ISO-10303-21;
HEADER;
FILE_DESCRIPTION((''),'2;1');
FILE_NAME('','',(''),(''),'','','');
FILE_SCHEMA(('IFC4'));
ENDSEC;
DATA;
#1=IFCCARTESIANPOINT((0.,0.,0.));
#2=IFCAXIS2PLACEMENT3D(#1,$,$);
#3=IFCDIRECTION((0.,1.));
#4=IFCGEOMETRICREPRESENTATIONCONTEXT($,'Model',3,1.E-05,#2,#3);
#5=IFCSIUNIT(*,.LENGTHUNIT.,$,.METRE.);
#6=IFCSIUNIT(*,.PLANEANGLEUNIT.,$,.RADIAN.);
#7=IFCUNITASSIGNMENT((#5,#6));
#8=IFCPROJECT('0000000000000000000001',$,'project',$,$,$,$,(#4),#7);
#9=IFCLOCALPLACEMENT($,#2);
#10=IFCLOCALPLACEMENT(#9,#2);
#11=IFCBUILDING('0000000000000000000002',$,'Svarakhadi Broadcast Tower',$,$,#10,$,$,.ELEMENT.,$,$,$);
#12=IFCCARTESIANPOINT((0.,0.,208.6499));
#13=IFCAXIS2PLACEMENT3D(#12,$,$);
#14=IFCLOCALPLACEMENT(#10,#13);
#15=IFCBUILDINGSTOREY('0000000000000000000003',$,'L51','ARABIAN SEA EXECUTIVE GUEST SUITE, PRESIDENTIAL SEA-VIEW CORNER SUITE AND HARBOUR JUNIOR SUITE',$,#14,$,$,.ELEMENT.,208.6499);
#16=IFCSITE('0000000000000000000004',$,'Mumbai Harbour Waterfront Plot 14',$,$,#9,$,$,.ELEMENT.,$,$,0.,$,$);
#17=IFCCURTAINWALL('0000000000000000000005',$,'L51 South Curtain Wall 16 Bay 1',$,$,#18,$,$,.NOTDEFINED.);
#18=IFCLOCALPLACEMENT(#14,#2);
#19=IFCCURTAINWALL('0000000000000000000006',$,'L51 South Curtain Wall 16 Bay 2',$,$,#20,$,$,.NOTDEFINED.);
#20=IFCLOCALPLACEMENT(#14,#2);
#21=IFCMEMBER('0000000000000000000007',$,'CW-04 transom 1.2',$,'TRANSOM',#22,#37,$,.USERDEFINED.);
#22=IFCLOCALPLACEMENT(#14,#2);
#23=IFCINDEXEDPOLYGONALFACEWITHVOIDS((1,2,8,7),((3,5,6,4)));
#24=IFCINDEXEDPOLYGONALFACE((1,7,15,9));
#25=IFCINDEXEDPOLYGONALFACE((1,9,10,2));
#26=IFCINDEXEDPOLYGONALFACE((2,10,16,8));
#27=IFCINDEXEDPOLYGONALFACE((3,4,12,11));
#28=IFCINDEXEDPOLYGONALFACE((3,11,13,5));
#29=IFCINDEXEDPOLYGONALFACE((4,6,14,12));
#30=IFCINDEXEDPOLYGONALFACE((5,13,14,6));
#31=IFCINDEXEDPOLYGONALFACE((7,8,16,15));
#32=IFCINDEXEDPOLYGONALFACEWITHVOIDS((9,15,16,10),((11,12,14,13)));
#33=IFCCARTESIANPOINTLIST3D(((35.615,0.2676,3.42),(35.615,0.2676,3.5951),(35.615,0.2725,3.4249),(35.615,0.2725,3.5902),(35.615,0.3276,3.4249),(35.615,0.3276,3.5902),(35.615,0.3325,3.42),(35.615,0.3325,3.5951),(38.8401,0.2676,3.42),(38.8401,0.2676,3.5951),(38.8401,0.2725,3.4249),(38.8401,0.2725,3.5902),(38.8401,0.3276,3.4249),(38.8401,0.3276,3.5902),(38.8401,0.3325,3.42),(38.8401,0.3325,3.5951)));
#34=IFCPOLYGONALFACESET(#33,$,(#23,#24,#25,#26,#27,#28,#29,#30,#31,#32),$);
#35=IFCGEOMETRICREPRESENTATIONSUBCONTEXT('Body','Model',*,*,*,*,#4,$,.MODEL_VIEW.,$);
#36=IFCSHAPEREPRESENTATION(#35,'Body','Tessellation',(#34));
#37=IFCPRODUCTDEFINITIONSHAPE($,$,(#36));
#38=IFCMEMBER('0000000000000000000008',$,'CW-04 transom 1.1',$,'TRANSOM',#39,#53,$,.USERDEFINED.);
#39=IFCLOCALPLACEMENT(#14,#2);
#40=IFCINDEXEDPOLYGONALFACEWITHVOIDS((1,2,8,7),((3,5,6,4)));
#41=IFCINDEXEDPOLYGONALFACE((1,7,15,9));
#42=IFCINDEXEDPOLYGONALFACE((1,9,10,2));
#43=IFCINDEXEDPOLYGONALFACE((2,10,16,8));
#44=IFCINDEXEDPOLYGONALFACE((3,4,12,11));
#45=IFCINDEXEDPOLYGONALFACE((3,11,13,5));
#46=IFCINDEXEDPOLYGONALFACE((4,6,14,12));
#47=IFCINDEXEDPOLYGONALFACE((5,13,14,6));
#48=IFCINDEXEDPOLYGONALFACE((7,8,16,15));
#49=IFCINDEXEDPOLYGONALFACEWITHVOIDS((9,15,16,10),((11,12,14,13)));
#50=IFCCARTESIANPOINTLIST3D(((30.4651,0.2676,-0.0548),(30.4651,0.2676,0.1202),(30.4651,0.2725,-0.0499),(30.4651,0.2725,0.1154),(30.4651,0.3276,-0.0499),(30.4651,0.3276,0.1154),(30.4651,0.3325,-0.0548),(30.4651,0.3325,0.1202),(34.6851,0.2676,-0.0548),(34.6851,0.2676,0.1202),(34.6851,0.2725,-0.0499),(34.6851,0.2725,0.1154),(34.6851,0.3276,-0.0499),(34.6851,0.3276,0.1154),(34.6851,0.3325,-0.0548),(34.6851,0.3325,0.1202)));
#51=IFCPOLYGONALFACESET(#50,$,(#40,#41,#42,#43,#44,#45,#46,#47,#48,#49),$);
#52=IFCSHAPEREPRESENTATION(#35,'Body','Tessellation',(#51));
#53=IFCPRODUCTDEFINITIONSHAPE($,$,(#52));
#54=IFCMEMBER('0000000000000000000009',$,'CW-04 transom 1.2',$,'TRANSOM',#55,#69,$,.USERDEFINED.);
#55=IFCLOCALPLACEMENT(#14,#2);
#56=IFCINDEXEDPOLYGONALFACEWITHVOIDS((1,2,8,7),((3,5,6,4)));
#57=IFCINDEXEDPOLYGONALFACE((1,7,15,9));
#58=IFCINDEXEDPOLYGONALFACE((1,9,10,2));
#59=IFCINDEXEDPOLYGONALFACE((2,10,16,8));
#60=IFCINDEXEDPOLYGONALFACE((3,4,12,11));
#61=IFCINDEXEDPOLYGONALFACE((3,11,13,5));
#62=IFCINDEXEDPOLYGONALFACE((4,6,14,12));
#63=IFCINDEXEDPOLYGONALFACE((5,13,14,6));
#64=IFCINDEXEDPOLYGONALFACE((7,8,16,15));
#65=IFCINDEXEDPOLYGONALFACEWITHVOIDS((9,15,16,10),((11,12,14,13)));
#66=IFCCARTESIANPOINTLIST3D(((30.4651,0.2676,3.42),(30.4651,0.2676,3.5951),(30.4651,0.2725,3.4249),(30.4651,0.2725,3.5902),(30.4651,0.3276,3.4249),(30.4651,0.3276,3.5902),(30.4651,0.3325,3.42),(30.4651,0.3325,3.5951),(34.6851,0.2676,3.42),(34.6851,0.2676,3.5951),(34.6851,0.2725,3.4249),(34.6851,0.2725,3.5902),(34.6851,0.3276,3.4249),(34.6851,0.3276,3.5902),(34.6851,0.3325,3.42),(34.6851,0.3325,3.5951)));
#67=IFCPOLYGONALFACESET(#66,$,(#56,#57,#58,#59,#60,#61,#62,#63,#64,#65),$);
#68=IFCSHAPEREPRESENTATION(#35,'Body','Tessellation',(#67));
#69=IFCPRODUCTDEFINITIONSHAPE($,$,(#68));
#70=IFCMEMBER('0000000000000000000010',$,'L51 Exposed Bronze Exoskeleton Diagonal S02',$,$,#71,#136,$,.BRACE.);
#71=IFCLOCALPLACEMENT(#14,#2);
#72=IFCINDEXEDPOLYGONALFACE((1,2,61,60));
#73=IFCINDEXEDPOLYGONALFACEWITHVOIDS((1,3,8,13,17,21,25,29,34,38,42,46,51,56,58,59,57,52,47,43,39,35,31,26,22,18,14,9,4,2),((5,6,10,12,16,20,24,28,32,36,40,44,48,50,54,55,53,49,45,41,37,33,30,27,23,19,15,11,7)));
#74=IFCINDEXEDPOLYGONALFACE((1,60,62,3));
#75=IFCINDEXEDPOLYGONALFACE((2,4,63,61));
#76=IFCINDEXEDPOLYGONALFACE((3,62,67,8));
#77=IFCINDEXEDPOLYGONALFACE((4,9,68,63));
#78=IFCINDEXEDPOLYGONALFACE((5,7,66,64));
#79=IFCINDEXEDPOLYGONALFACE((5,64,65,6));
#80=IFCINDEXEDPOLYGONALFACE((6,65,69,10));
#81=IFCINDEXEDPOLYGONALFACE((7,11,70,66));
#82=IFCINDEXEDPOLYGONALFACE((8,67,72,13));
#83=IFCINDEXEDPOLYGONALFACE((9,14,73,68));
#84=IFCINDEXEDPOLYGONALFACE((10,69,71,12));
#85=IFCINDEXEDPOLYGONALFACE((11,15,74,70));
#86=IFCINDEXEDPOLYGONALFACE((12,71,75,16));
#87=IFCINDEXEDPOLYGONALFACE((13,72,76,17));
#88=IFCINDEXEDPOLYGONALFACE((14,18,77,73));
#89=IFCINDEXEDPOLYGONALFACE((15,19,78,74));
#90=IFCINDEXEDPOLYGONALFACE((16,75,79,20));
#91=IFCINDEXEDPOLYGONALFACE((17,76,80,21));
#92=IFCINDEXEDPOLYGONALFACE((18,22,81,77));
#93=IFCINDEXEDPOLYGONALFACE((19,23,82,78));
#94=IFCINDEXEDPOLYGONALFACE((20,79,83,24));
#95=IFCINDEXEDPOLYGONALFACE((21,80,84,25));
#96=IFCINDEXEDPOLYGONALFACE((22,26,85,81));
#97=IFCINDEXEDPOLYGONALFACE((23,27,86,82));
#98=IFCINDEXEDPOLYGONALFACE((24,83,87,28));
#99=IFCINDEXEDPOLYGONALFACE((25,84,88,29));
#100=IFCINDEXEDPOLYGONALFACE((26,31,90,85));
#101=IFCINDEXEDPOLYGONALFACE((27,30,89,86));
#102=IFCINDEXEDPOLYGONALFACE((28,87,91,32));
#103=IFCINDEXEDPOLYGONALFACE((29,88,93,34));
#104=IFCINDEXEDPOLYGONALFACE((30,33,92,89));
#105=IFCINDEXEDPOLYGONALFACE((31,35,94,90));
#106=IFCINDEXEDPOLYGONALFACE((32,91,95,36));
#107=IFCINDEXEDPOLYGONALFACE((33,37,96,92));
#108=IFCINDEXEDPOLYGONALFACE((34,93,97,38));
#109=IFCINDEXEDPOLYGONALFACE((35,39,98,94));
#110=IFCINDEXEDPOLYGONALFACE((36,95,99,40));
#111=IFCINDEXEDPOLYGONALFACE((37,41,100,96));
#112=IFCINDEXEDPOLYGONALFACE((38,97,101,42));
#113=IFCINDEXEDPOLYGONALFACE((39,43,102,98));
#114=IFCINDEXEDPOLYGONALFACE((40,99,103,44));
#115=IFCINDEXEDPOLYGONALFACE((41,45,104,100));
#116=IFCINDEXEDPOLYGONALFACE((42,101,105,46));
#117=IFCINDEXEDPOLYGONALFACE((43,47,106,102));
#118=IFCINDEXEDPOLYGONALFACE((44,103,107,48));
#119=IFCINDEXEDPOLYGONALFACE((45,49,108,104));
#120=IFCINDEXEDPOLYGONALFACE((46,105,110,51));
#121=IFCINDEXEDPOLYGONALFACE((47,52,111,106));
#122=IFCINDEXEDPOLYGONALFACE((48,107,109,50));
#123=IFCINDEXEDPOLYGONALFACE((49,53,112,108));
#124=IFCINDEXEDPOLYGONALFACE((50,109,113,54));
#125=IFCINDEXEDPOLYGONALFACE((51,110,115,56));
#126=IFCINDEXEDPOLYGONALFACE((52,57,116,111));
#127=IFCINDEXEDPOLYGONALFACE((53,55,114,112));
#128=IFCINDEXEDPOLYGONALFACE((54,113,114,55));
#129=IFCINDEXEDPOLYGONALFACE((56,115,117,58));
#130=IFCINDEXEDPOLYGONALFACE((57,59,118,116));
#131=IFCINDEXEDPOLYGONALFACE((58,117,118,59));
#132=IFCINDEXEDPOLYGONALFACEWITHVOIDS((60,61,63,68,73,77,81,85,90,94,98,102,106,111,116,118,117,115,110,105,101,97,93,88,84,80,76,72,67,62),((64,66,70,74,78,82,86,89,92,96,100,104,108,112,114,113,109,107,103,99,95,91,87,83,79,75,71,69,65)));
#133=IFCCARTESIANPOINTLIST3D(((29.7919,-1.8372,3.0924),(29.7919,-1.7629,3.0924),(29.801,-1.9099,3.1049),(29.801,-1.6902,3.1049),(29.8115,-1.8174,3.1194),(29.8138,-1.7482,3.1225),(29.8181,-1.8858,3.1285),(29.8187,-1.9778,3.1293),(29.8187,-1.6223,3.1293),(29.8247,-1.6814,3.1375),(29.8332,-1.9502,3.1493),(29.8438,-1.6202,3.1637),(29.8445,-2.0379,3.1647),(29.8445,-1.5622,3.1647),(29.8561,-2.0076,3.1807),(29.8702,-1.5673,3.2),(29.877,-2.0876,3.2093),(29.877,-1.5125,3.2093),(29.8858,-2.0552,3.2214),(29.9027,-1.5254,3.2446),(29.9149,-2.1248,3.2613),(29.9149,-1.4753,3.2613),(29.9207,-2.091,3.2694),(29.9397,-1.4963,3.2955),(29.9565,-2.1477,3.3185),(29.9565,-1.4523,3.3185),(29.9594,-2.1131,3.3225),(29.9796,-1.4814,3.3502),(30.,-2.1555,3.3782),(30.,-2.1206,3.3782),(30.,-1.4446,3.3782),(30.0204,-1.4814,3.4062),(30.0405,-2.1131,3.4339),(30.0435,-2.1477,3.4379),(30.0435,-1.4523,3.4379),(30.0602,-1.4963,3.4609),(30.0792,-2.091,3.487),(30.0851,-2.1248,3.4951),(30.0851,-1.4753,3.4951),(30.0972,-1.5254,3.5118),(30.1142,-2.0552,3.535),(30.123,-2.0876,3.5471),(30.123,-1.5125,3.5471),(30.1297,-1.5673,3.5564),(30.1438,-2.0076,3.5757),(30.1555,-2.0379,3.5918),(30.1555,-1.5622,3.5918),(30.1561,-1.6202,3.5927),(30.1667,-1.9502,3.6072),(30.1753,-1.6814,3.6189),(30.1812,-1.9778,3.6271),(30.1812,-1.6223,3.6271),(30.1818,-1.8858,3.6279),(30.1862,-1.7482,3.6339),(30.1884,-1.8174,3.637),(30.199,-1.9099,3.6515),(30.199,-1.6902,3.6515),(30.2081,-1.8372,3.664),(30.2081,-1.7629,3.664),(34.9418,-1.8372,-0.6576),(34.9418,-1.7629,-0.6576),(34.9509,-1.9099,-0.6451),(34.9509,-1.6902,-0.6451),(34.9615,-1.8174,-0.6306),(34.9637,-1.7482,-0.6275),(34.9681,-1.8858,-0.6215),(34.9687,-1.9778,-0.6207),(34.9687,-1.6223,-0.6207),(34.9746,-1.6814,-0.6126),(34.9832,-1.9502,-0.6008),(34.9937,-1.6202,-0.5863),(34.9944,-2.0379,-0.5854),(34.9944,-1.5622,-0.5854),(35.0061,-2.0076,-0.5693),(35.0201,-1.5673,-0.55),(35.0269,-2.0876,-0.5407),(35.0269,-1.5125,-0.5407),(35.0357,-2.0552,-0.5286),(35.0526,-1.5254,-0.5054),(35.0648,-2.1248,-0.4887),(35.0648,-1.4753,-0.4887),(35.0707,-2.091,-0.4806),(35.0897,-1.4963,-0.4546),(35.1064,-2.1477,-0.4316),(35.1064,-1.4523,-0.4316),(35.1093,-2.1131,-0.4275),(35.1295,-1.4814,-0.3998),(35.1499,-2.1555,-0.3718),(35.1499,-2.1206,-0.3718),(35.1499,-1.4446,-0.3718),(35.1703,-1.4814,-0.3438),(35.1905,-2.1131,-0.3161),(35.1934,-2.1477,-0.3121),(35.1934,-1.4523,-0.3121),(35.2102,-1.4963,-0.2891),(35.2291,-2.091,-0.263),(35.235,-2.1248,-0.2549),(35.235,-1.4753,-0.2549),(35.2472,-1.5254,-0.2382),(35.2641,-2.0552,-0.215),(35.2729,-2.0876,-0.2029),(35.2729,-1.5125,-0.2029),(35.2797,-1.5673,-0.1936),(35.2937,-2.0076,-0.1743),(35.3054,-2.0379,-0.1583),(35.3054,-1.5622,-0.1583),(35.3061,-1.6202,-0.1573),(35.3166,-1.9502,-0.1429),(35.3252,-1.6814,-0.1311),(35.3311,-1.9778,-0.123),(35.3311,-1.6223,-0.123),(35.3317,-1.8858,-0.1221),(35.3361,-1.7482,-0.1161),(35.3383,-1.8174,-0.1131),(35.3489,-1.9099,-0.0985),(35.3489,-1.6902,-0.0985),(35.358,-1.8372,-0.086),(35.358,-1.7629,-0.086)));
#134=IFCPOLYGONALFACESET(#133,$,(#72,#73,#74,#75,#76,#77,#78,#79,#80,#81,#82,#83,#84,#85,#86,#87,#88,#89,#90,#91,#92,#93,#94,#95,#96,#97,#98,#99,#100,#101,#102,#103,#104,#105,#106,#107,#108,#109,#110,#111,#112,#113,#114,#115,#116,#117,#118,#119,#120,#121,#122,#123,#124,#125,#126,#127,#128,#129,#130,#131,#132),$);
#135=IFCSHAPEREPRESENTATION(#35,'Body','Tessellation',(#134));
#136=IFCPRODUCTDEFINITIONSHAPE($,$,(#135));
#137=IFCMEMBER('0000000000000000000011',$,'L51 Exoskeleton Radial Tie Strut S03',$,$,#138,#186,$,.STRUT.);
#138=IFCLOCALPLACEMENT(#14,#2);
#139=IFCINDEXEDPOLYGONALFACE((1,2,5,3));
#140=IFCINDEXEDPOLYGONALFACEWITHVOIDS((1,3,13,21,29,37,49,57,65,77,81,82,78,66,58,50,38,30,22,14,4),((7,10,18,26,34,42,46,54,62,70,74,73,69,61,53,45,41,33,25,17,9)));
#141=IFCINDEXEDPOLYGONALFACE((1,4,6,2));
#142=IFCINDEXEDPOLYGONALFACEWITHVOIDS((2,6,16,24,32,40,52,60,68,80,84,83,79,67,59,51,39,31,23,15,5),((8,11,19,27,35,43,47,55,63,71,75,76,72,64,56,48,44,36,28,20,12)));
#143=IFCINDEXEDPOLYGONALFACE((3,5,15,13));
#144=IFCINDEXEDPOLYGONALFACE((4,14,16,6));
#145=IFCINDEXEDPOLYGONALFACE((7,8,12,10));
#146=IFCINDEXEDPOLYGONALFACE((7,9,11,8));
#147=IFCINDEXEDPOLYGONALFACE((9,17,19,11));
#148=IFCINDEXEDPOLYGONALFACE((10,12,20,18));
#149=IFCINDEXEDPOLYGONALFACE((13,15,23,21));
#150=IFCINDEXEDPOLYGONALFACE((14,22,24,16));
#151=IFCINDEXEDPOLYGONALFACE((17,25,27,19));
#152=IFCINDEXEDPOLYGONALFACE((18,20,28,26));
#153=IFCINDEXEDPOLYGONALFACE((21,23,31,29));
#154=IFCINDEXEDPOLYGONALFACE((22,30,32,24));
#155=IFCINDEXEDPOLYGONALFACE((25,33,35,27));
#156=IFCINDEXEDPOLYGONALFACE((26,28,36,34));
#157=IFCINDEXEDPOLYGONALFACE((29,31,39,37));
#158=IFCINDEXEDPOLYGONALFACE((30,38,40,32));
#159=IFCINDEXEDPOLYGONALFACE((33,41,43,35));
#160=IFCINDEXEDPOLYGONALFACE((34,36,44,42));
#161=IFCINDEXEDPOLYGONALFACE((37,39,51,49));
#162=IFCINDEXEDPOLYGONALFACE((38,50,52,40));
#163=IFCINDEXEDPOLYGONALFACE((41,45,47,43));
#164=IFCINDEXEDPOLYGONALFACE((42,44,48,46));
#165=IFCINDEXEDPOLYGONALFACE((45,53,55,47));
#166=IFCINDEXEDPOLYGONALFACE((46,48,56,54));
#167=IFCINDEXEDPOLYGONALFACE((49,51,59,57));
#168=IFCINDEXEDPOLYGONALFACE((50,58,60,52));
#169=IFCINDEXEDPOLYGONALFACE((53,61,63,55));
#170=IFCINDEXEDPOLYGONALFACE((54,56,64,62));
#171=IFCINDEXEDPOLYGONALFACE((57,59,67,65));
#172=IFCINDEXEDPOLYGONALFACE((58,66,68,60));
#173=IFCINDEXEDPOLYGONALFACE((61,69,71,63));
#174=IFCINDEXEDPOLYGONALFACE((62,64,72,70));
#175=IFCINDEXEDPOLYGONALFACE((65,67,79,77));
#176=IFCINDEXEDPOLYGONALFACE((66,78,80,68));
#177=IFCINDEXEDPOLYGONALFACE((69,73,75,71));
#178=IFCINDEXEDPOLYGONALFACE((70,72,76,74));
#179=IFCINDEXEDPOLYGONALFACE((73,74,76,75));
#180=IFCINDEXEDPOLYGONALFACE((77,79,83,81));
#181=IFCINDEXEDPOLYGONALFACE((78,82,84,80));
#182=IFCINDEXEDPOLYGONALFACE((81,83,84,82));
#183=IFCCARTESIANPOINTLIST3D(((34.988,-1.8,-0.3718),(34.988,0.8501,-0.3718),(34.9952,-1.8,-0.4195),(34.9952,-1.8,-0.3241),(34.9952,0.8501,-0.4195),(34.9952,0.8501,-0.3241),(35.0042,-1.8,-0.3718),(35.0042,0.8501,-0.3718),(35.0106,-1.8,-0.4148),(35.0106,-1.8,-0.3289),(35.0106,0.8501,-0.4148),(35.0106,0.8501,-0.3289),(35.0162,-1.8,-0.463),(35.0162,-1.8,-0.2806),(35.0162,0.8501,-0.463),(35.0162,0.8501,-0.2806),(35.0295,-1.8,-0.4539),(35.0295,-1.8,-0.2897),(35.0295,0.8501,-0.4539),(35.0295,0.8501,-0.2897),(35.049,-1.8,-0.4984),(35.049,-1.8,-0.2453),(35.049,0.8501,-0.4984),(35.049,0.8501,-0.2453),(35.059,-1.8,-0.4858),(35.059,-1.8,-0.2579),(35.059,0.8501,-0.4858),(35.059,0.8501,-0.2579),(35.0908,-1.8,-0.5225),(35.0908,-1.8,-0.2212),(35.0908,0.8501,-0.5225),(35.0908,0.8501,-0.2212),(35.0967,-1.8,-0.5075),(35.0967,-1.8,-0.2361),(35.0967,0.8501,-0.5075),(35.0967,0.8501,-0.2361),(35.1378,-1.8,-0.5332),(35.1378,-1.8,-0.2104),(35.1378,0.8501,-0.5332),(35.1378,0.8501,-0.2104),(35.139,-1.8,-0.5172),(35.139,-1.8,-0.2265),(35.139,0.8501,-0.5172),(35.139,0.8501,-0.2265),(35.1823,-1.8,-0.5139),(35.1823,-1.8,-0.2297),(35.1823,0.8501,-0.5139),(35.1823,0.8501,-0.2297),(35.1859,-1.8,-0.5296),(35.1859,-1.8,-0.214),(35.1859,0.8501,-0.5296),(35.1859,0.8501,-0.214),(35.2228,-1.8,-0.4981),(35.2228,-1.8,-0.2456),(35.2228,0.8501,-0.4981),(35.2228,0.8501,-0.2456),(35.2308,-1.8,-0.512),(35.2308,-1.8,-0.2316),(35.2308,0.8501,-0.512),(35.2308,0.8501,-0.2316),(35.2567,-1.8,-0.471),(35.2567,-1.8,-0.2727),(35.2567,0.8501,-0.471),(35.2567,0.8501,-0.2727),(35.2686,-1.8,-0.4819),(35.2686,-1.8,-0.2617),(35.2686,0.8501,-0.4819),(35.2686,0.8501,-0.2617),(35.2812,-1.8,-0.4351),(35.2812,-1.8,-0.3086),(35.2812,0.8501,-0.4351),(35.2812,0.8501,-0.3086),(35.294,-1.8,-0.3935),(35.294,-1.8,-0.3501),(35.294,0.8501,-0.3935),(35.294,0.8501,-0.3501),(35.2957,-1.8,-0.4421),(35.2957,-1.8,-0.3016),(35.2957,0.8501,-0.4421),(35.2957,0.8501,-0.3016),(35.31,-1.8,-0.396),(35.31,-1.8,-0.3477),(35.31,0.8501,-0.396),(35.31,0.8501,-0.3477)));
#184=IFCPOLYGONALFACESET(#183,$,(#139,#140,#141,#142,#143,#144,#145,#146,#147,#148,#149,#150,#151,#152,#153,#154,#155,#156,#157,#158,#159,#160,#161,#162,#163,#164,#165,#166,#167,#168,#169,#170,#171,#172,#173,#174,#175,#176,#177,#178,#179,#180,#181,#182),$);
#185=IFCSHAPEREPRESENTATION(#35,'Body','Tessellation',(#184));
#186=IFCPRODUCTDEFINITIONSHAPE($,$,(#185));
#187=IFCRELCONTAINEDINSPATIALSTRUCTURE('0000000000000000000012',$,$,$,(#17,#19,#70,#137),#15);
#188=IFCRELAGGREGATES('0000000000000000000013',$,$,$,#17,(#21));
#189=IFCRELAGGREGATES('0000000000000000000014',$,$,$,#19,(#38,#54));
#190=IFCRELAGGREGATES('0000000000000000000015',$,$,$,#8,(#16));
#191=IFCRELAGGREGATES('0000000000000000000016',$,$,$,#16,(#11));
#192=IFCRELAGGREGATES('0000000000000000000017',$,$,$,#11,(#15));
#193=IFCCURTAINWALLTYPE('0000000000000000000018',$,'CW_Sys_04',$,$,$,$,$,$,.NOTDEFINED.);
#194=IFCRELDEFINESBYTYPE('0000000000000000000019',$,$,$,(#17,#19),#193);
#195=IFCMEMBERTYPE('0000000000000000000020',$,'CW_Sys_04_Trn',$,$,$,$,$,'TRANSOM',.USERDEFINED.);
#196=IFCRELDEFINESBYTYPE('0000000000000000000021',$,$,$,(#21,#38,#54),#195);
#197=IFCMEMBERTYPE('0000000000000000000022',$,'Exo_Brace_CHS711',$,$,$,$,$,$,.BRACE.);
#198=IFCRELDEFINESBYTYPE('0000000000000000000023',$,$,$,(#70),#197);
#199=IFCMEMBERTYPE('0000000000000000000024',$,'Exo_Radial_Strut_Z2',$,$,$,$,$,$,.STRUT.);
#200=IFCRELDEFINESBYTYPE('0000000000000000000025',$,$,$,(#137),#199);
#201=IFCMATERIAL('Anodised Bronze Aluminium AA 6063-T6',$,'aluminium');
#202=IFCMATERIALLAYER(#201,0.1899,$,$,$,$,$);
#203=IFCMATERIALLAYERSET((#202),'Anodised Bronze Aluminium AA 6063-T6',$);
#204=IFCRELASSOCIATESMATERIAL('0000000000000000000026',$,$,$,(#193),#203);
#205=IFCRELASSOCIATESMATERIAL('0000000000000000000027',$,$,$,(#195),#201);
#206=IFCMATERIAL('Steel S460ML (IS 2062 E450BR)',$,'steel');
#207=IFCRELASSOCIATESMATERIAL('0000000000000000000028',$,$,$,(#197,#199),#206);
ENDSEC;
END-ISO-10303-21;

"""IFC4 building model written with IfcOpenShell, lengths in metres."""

from ifc_helpers import new_model, si_unit, direction, frame, origin, origin_2d, place, context, subcontext, project, spatial, hollow_rectangle, hollow_circle, extrude, material, layer, layer_set, material_profile, profile_set, type_object, element, aggregate, save


model = new_model("IFC4")

# Units and contexts
model_context = context("Model", 3, precision=1e-05, world=origin(), true_north=direction((0.0, 1.0)))
body_context = subcontext(model_context, "Body", "Model", "MODEL_VIEW")
ifc_project = project(units=[si_unit("LENGTHUNIT", "METRE"), si_unit("PLANEANGLEUNIT", "RADIAN")], contexts=[model_context])

# Site, building, storey
site_placement = place(None, origin())
site = spatial("IfcSite", under=ifc_project, at=site_placement, Name="Mumbai Harbour Waterfront Plot 14", CompositionType="ELEMENT", RefElevation=0.0)
building_placement = place(site_placement, origin())
building = spatial("IfcBuilding", under=site, at=building_placement, Name="Svarakhadi Broadcast Tower", CompositionType="ELEMENT")
storey_placement = place(building_placement, frame((0.0, 0.0, 208.6499)))
storey = spatial("IfcBuildingStorey", under=building, at=storey_placement, Name="L51", Description="ARABIAN SEA EXECUTIVE GUEST SUITE, PRESIDENTIAL SEA-VIEW CORNER SUITE AND HARBOUR JUNIOR SUITE", CompositionType="ELEMENT", Elevation=208.6499)

# Shared definitions
ifc_material_1 = material(Name="Anodised Bronze Aluminium AA 6063-T6", Category="aluminium")
ifc_layer_1 = layer(ifc_material_1, 0.1899)
ifc_layer_set_1 = layer_set([ifc_layer_1], Name="Anodised Bronze Aluminium AA 6063-T6")
curtain_wall_type = type_object("IfcCurtainWallType", Name="CW_Sys_04", PredefinedType="NOTDEFINED", material=ifc_layer_set_1)

# Curtain walls
curtain_wall_1_placement = place(storey_placement, origin())
curtain_wall_1 = element("IfcCurtainWall", 1, at=curtain_wall_1_placement, inside=storey, type_object=curtain_wall_type, Name="L51 South Curtain Wall 16 Bay 1", PredefinedType="NOTDEFINED")
curtain_wall_2_placement = place(storey_placement, origin())
curtain_wall_2 = element("IfcCurtainWall", 2, at=curtain_wall_2_placement, inside=storey, type_object=curtain_wall_type, Name="L51 South Curtain Wall 16 Bay 2", PredefinedType="NOTDEFINED")

# Members
ifc_material_profile_1 = material_profile(ifc_material_1, hollow_rectangle(XDim=0.0649, YDim=0.175, WallThickness=0.0049, at=origin_2d()), Name="ALU TRANSOM 175x65x5")
ifc_profile_set_1 = profile_set([ifc_material_profile_1], Name="Anodised Bronze Aluminium AA 6063-T6")
member_type_1 = type_object("IfcMemberType", Name="CW_Sys_04_Trn", ElementType="TRANSOM", PredefinedType="USERDEFINED", material=ifc_profile_set_1)
member_1_placement = place(storey_placement, frame((38.8401, 0.3, 3.5076), z_axis=(-1.0, 0.0, 0.0), x_axis=(0.0, -1.0, 0.0)))
member_1 = element("IfcMember", 3, at=member_1_placement, type_object=member_type_1, Name="CW-04 transom 1.2", ObjectType="TRANSOM", PredefinedType="USERDEFINED", context=body_context, shape_type="SweptSolid", body=[
    extrude(hollow_rectangle(XDim=0.0649, YDim=0.175, WallThickness=0.0049, at=origin_2d()), origin(), (0.0, 0.0, 1.0), 3.2251),
])
member_2_placement = place(storey_placement, frame((34.6851, 0.3, 0.0327), z_axis=(-1.0, 0.0, 0.0), x_axis=(0.0, -1.0, 0.0)))
member_2 = element("IfcMember", 4, at=member_2_placement, type_object=member_type_1, Name="CW-04 transom 1.1", ObjectType="TRANSOM", PredefinedType="USERDEFINED", context=body_context, shape_type="SweptSolid", body=[
    extrude(hollow_rectangle(XDim=0.0649, YDim=0.175, WallThickness=0.0049, at=origin_2d()), origin(), (0.0, 0.0, 1.0), 4.22),
])
member_3_placement = place(storey_placement, frame((34.6851, 0.3, 3.5076), z_axis=(-1.0, 0.0, 0.0), x_axis=(0.0, -1.0, 0.0)))
member_3 = element("IfcMember", 5, at=member_3_placement, type_object=member_type_1, Name="CW-04 transom 1.2", ObjectType="TRANSOM", PredefinedType="USERDEFINED", context=body_context, shape_type="SweptSolid", body=[
    extrude(hollow_rectangle(XDim=0.0649, YDim=0.175, WallThickness=0.0049, at=origin_2d()), origin(), (0.0, 0.0, 1.0), 4.22),
])

# Members
ifc_material_2 = material(Name="Steel S460ML (IS 2062 E450BR)", Category="steel")
ifc_material_profile_2 = material_profile(ifc_material_2, hollow_circle(Radius=0.3555, WallThickness=0.0349, at=origin_2d()), Name="CHS 711x35")
ifc_profile_set_2 = profile_set([ifc_material_profile_2], Name="Steel S460ML (IS 2062 E450BR)")
member_type_2 = type_object("IfcMemberType", Name="Exo_Brace_CHS711", PredefinedType="BRACE", material=ifc_profile_set_2)
member_4_placement = place(storey_placement, frame((35.1499, -1.8, -0.3718), z_axis=(-0.808391, 0.0, 0.588646), x_axis=(0.0, -1.0, 0.0)))
element("IfcMember", 6, at=member_4_placement, inside=storey, type_object=member_type_2, Name="L51 Exposed Bronze Exoskeleton Diagonal S02", PredefinedType="BRACE", context=body_context, shape_type="SweptSolid", body=[
    extrude(hollow_circle(Radius=0.3555, WallThickness=0.0349, at=origin_2d()), origin(), (0.0, 0.0, 1.0), 6.3706),
])
ifc_material_profile_3 = material_profile(ifc_material_2, hollow_circle(Radius=0.1619, WallThickness=0.0161, at=origin_2d()), Name="CHS 323.9x16")
ifc_profile_set_3 = profile_set([ifc_material_profile_3], Name="Steel S460ML (IS 2062 E450BR)")
member_type_3 = type_object("IfcMemberType", Name="Exo_Radial_Strut_Z2", PredefinedType="STRUT", material=ifc_profile_set_3)
member_5_placement = place(storey_placement, frame((35.1499, -1.8, -0.3718), z_axis=(0.0, 1.0, 0.0), x_axis=(-1.0, 0.0, 0.0)))
element("IfcMember", 7, at=member_5_placement, inside=storey, type_object=member_type_3, Name="L51 Exoskeleton Radial Tie Strut S03", PredefinedType="STRUT", context=body_context, shape_type="SweptSolid", body=[
    extrude(hollow_circle(Radius=0.1619, WallThickness=0.0161, at=origin_2d()), origin(), (0.0, 0.0, 1.0), 2.6501),
])

aggregate(curtain_wall_1, [member_1])
aggregate(curtain_wall_2, [member_2, member_3])

save(model, "model.ifc")
